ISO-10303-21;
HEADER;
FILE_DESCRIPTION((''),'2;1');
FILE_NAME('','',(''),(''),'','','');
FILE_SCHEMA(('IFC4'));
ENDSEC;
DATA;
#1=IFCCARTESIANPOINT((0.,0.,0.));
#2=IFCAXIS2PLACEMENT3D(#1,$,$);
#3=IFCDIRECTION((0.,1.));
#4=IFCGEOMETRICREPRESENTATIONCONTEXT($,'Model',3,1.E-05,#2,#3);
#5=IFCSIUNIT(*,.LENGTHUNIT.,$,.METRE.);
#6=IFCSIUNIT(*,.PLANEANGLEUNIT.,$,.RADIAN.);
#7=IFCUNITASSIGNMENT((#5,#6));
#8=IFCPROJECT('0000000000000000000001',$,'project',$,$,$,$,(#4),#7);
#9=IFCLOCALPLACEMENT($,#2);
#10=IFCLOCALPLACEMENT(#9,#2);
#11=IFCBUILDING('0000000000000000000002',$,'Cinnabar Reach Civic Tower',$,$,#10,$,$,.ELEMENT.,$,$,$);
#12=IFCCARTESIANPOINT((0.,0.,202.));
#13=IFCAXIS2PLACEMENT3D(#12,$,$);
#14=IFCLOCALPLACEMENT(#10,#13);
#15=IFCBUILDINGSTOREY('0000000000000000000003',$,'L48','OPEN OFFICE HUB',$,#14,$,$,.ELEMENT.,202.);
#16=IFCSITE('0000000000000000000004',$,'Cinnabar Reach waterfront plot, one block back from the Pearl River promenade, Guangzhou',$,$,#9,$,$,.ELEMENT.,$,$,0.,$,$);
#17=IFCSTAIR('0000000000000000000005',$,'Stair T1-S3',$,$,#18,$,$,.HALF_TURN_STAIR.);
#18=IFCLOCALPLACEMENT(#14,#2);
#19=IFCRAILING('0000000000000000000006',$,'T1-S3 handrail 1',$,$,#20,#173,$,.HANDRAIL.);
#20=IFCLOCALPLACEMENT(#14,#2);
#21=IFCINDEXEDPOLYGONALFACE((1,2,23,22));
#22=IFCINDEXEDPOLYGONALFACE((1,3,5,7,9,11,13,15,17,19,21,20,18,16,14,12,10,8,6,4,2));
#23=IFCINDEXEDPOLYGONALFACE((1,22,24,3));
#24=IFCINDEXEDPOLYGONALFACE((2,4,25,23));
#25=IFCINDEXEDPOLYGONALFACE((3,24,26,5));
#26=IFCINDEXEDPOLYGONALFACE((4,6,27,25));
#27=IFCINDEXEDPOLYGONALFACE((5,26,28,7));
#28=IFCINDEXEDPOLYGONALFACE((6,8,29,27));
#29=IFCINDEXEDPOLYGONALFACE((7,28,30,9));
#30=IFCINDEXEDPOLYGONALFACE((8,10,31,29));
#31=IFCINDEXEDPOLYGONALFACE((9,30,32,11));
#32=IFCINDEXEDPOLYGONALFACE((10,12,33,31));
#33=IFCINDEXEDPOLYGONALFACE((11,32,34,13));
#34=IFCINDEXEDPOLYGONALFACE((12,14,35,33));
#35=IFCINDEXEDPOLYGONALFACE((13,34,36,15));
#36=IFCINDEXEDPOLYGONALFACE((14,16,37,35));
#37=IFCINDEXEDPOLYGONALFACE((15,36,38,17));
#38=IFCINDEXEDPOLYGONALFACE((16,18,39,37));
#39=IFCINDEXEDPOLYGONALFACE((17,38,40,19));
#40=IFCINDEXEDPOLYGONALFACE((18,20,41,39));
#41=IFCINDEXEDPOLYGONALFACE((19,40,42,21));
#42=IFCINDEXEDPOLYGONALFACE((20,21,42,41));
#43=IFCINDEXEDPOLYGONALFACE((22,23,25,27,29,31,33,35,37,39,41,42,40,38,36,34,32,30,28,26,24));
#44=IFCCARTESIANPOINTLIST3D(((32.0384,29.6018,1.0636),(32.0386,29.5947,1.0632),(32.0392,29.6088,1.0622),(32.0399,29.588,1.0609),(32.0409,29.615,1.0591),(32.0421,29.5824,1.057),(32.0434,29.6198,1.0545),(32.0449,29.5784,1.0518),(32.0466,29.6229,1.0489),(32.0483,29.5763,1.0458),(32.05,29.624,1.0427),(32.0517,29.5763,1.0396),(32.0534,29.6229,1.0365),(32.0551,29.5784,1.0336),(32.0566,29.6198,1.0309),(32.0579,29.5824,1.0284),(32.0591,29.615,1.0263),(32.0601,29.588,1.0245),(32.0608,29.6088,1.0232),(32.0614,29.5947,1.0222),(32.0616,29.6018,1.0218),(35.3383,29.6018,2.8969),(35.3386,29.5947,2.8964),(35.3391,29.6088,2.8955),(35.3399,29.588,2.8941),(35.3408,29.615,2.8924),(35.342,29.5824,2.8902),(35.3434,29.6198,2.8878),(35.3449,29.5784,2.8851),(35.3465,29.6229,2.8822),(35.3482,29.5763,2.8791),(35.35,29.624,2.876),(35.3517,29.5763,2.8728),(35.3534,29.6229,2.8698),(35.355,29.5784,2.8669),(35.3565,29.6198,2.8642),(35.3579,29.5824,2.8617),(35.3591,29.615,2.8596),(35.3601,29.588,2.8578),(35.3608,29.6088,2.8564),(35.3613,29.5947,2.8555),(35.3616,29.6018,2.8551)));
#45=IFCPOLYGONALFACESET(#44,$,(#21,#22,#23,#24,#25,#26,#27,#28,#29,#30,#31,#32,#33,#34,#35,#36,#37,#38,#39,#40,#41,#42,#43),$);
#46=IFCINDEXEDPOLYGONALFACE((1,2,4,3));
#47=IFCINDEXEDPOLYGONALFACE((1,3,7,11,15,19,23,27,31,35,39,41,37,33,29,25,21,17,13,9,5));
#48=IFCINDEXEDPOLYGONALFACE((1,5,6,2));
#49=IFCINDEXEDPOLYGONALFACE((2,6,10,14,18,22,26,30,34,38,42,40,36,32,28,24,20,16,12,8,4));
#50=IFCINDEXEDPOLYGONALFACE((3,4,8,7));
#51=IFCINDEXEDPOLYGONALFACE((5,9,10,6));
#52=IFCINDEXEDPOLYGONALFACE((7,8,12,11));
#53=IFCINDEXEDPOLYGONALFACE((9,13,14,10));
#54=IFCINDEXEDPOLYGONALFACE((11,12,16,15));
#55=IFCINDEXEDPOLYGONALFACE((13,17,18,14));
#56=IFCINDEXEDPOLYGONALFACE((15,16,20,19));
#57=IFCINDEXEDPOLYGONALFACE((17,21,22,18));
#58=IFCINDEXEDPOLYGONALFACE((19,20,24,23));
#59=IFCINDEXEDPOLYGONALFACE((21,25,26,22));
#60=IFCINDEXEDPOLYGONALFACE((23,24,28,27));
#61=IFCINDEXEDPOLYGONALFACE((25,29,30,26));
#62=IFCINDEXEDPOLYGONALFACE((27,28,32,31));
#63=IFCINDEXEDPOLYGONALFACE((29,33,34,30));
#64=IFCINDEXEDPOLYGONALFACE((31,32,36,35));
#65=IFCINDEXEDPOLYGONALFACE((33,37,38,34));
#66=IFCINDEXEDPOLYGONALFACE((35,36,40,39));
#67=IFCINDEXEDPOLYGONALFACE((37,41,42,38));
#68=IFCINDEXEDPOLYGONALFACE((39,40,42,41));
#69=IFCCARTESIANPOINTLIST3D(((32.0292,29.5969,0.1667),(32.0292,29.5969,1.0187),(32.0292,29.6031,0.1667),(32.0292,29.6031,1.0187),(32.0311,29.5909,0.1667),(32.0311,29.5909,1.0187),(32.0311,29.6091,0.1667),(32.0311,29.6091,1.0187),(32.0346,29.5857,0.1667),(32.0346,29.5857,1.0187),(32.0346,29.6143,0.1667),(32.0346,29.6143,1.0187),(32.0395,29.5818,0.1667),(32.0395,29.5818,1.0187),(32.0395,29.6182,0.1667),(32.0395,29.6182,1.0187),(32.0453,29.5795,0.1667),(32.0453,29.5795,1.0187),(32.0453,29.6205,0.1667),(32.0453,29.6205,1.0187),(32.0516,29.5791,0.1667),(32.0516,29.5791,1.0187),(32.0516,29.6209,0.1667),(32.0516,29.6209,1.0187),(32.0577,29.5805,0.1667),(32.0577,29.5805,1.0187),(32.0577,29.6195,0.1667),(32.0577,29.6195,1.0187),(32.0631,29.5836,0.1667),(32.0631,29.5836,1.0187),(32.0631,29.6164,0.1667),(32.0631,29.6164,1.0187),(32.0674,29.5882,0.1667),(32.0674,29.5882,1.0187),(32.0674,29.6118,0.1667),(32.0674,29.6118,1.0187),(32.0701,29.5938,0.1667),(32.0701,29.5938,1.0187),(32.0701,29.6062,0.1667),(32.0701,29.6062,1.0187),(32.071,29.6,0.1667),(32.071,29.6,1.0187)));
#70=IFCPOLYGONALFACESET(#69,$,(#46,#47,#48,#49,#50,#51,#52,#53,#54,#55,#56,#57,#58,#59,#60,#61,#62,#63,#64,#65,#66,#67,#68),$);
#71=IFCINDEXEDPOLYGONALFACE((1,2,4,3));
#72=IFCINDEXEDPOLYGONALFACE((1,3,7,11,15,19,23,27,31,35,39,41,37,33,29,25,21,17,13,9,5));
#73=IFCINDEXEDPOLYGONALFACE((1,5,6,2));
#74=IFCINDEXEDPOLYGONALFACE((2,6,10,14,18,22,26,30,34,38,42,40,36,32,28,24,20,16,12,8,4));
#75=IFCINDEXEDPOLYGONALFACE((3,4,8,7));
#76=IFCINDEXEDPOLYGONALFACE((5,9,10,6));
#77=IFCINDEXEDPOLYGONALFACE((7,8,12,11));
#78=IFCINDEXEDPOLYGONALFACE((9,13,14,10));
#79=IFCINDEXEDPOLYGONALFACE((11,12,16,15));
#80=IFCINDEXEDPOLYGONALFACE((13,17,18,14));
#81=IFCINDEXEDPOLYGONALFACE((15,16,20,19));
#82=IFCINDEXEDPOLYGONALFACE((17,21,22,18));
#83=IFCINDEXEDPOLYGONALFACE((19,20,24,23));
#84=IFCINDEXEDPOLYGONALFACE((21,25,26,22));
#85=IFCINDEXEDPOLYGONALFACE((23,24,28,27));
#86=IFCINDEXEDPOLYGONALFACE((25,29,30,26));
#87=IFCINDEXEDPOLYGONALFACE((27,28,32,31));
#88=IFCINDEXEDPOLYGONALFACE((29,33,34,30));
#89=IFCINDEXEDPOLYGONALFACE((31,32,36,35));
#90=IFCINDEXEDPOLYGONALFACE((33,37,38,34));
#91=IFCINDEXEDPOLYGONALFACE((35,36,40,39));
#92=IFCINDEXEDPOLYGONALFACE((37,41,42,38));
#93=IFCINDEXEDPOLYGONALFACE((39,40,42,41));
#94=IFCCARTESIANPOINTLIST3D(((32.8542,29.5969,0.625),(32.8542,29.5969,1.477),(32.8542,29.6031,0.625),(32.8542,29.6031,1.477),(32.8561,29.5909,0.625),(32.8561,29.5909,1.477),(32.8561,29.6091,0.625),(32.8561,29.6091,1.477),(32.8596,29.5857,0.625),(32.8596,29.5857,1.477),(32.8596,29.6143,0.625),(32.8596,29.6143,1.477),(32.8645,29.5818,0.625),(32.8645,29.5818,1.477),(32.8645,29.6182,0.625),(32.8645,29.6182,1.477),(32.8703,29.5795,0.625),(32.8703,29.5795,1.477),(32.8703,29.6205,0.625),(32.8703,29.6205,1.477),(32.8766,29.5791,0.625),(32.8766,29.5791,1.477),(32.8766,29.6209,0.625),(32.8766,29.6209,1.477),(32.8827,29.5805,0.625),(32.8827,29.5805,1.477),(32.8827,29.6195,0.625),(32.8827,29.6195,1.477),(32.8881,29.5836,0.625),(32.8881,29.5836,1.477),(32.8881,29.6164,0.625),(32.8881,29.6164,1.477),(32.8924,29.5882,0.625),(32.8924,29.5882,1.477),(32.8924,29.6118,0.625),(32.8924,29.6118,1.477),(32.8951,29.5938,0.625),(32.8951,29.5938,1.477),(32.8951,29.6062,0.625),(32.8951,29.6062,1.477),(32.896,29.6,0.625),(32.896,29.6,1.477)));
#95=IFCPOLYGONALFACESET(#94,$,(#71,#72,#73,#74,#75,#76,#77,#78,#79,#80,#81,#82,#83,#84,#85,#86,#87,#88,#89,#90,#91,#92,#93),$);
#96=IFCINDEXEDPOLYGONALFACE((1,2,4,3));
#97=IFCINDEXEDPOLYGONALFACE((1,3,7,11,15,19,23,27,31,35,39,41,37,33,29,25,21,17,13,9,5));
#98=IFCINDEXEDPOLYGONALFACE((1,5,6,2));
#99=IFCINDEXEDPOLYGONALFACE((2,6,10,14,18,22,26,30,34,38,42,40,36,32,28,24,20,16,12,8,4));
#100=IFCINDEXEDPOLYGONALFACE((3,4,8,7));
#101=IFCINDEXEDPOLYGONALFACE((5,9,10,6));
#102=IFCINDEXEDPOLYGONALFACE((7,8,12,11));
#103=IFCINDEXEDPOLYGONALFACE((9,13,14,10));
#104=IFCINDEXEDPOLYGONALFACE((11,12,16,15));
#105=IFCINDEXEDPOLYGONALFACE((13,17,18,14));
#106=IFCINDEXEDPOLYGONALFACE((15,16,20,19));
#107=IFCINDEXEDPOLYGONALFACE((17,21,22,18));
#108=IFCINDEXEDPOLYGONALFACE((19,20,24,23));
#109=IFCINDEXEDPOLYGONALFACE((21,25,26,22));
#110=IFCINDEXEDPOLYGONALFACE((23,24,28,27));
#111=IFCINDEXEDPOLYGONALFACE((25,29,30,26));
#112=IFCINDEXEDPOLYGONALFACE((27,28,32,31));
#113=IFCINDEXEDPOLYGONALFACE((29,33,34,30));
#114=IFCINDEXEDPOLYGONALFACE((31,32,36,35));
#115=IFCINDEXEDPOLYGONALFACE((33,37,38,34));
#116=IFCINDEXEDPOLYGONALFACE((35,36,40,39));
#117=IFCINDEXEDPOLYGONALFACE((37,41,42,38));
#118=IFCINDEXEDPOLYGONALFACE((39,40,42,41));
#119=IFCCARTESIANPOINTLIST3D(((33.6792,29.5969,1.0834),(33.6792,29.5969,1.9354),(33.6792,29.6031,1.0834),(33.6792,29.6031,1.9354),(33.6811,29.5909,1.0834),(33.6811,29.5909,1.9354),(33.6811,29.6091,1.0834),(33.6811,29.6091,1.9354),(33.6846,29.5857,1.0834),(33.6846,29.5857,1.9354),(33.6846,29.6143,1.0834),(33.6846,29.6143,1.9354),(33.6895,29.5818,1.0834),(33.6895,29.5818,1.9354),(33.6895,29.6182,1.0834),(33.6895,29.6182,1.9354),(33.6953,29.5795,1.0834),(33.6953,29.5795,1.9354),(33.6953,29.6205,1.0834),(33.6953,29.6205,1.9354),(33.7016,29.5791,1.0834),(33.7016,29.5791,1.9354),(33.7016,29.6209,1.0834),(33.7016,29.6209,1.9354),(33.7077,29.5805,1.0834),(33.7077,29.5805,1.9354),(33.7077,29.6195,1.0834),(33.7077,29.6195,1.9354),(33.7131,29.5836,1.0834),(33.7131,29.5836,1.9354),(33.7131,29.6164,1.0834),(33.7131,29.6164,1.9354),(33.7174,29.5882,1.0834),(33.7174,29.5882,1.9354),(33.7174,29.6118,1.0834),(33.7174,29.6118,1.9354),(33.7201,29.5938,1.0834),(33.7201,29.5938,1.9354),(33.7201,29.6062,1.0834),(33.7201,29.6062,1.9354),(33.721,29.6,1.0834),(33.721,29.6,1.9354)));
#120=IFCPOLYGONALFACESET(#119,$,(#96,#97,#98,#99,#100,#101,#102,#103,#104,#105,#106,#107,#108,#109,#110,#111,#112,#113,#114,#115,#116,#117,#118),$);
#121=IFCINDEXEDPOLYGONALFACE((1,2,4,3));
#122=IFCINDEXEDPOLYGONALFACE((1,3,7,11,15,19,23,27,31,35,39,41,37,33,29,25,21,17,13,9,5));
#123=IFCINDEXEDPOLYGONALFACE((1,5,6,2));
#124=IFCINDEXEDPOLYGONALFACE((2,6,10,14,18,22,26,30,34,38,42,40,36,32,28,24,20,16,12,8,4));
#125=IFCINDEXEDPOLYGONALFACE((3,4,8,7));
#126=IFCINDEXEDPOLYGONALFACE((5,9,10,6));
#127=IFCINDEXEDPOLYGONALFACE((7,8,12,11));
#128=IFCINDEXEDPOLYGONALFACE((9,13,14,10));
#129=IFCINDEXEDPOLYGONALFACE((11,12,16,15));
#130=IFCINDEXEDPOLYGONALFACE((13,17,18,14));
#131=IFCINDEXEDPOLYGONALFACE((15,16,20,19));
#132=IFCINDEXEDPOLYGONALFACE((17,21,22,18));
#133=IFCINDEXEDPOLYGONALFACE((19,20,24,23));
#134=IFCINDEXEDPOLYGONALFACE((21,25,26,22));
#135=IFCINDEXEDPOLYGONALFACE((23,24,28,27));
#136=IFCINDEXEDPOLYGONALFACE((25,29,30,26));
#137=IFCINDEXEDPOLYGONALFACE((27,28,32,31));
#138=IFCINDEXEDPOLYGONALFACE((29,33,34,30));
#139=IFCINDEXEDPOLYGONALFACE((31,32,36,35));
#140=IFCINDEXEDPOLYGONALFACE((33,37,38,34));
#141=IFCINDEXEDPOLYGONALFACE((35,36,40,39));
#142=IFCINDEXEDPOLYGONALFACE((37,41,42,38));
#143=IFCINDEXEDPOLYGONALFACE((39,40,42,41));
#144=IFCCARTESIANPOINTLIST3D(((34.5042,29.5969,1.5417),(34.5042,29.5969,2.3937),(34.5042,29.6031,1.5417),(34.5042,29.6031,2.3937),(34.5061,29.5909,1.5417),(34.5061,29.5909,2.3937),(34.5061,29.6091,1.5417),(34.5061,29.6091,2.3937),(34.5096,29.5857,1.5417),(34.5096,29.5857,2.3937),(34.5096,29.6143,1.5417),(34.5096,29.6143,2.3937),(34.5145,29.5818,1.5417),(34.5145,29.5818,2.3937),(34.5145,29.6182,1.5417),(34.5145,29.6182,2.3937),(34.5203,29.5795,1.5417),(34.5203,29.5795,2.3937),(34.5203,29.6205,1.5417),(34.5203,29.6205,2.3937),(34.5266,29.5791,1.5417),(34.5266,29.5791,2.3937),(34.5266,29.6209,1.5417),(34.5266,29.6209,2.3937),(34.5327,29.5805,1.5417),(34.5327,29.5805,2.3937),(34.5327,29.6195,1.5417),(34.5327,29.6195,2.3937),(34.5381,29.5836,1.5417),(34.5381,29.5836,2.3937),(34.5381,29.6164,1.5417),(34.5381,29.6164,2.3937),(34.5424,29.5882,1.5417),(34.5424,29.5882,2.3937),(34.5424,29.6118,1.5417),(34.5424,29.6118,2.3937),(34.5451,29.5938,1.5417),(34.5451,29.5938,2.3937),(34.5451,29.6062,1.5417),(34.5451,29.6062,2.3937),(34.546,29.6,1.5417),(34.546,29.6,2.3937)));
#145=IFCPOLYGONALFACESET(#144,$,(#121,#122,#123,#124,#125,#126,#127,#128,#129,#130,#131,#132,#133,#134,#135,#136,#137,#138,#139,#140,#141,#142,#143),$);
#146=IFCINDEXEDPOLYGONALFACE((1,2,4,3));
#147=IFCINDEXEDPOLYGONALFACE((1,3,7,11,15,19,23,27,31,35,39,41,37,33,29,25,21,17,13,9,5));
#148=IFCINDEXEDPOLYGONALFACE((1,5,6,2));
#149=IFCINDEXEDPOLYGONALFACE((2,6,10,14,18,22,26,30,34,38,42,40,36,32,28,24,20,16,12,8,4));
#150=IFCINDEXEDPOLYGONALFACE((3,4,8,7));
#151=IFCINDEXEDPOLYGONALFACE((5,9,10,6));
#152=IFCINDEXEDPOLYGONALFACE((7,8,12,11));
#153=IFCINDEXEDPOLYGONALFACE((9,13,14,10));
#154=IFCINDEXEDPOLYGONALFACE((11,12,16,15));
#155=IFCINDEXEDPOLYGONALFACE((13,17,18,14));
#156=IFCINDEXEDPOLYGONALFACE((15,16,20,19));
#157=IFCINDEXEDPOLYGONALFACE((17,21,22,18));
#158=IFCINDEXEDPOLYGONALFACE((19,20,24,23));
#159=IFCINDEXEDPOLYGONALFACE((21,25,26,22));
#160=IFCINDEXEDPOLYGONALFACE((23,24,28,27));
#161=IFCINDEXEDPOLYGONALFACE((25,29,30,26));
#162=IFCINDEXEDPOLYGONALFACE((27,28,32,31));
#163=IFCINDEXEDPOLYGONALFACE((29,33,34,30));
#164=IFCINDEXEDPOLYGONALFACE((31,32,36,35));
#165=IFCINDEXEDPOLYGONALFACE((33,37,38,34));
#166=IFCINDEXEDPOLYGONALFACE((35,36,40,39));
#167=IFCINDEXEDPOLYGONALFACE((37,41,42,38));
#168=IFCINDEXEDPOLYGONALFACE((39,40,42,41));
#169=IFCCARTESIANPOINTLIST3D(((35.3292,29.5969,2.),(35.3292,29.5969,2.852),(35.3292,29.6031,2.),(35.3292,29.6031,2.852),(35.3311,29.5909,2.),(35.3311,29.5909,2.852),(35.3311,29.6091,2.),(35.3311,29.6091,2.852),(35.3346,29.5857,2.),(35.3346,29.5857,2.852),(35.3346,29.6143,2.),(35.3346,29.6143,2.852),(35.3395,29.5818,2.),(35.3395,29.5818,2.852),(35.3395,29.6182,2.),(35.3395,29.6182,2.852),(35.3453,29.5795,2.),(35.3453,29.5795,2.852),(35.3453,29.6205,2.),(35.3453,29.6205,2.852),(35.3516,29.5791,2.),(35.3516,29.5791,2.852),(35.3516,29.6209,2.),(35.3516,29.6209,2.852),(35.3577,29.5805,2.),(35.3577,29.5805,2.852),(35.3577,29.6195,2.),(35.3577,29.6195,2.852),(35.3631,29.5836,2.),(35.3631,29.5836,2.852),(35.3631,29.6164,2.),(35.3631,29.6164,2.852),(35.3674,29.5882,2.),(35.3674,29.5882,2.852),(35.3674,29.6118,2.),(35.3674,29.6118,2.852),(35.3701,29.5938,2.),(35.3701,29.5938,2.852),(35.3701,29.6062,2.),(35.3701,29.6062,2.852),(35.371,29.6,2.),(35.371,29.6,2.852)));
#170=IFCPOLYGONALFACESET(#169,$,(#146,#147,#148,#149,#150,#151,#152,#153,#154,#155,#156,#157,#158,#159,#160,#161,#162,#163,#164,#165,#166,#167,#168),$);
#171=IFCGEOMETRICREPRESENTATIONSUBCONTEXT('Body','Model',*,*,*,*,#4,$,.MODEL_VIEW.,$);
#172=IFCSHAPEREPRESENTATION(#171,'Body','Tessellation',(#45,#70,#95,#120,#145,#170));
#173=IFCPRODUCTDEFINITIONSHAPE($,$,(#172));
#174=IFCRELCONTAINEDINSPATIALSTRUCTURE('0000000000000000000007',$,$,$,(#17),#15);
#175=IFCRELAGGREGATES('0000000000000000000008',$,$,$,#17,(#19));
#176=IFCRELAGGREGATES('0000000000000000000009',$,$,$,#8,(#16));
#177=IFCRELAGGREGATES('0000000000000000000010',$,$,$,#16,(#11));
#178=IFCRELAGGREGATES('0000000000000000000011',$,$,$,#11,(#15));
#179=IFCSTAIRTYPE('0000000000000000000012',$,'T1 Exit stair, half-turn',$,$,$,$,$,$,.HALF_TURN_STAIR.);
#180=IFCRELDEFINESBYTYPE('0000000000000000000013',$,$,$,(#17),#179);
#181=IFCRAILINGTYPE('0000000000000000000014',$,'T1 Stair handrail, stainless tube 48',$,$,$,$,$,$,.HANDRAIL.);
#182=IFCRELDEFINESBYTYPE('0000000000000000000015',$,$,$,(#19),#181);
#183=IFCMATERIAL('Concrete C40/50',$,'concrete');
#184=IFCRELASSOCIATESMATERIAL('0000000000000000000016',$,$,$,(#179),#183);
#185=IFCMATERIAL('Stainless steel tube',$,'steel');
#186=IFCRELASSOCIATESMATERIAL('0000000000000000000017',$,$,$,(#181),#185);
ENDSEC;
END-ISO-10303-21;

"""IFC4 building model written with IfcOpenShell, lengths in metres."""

from ifc_helpers import new_model, si_unit, direction, frame, origin, origin_2d, place, context, subcontext, project, spatial, circle, extrude, material, type_object, element, aggregate, save


model = new_model("IFC4")

# Units and contexts
model_context = context("Model", 3, precision=1e-05, world=origin(), true_north=direction((0.0, 1.0)))
body_context = subcontext(model_context, "Body", "Model", "MODEL_VIEW")
ifc_project = project(units=[si_unit("LENGTHUNIT", "METRE"), si_unit("PLANEANGLEUNIT", "RADIAN")], contexts=[model_context])

# Site, building, storey
site_placement = place(None, origin())
site = spatial("IfcSite", under=ifc_project, at=site_placement, Name="Cinnabar Reach waterfront plot, one block back from the Pearl River promenade, Guangzhou", CompositionType="ELEMENT", RefElevation=0.0)
building_placement = place(site_placement, origin())
building = spatial("IfcBuilding", under=site, at=building_placement, Name="Cinnabar Reach Civic Tower", CompositionType="ELEMENT")
storey_placement = place(building_placement, frame((0.0, 0.0, 202.0)))
storey = spatial("IfcBuildingStorey", under=building, at=storey_placement, Name="L48", Description="OPEN OFFICE HUB", CompositionType="ELEMENT", Elevation=202.0)

# Stair, railing
ifc_material_1 = material(Name="Concrete C40/50", Category="concrete")
stair_type = type_object("IfcStairType", Name="T1 Exit stair, half-turn", PredefinedType="HALF_TURN_STAIR", material=ifc_material_1)
stair_placement = place(storey_placement, origin())
stair = element("IfcStair", 1, at=stair_placement, inside=storey, type_object=stair_type, Name="Stair T1-S3", PredefinedType="HALF_TURN_STAIR")
ifc_material_2 = material(Name="Stainless steel tube", Category="steel")
railing_type = type_object("IfcRailingType", Name="T1 Stair handrail, stainless tube 48", PredefinedType="HANDRAIL", material=ifc_material_2)
railing_placement = place(storey_placement, frame((32.05, 29.6, 0.1667)))
railing = element("IfcRailing", 2, at=railing_placement, type_object=railing_type, Name="T1-S3 handrail 1", PredefinedType="HANDRAIL", context=body_context, shape_type="SweptSolid", body=[
    extrude(circle(Radius=0.024, at=origin_2d()), frame((0.0, 0.0, 0.876), z_axis=(0.874161, 0.0, 0.485636), x_axis=(0.0, 1.0, 0.0)), (0.0, 0.0, 1.0), 3.775),
    extrude(circle(Radius=0.021, at=origin_2d()), origin(), (0.0, 0.0, 1.0), 0.852),
    extrude(circle(Radius=0.021, at=origin_2d()), frame((0.825, 0.0, 0.4583)), (0.0, 0.0, 1.0), 0.852),
    extrude(circle(Radius=0.021, at=origin_2d()), frame((1.65, 0.0, 0.9167)), (0.0, 0.0, 1.0), 0.852),
    extrude(circle(Radius=0.021, at=origin_2d()), frame((2.475, 0.0, 1.375)), (0.0, 0.0, 1.0), 0.852),
    extrude(circle(Radius=0.021, at=origin_2d()), frame((3.3, 0.0, 1.8333)), (0.0, 0.0, 1.0), 0.852),
])
aggregate(stair, [railing])

save(model, "model.ifc")
